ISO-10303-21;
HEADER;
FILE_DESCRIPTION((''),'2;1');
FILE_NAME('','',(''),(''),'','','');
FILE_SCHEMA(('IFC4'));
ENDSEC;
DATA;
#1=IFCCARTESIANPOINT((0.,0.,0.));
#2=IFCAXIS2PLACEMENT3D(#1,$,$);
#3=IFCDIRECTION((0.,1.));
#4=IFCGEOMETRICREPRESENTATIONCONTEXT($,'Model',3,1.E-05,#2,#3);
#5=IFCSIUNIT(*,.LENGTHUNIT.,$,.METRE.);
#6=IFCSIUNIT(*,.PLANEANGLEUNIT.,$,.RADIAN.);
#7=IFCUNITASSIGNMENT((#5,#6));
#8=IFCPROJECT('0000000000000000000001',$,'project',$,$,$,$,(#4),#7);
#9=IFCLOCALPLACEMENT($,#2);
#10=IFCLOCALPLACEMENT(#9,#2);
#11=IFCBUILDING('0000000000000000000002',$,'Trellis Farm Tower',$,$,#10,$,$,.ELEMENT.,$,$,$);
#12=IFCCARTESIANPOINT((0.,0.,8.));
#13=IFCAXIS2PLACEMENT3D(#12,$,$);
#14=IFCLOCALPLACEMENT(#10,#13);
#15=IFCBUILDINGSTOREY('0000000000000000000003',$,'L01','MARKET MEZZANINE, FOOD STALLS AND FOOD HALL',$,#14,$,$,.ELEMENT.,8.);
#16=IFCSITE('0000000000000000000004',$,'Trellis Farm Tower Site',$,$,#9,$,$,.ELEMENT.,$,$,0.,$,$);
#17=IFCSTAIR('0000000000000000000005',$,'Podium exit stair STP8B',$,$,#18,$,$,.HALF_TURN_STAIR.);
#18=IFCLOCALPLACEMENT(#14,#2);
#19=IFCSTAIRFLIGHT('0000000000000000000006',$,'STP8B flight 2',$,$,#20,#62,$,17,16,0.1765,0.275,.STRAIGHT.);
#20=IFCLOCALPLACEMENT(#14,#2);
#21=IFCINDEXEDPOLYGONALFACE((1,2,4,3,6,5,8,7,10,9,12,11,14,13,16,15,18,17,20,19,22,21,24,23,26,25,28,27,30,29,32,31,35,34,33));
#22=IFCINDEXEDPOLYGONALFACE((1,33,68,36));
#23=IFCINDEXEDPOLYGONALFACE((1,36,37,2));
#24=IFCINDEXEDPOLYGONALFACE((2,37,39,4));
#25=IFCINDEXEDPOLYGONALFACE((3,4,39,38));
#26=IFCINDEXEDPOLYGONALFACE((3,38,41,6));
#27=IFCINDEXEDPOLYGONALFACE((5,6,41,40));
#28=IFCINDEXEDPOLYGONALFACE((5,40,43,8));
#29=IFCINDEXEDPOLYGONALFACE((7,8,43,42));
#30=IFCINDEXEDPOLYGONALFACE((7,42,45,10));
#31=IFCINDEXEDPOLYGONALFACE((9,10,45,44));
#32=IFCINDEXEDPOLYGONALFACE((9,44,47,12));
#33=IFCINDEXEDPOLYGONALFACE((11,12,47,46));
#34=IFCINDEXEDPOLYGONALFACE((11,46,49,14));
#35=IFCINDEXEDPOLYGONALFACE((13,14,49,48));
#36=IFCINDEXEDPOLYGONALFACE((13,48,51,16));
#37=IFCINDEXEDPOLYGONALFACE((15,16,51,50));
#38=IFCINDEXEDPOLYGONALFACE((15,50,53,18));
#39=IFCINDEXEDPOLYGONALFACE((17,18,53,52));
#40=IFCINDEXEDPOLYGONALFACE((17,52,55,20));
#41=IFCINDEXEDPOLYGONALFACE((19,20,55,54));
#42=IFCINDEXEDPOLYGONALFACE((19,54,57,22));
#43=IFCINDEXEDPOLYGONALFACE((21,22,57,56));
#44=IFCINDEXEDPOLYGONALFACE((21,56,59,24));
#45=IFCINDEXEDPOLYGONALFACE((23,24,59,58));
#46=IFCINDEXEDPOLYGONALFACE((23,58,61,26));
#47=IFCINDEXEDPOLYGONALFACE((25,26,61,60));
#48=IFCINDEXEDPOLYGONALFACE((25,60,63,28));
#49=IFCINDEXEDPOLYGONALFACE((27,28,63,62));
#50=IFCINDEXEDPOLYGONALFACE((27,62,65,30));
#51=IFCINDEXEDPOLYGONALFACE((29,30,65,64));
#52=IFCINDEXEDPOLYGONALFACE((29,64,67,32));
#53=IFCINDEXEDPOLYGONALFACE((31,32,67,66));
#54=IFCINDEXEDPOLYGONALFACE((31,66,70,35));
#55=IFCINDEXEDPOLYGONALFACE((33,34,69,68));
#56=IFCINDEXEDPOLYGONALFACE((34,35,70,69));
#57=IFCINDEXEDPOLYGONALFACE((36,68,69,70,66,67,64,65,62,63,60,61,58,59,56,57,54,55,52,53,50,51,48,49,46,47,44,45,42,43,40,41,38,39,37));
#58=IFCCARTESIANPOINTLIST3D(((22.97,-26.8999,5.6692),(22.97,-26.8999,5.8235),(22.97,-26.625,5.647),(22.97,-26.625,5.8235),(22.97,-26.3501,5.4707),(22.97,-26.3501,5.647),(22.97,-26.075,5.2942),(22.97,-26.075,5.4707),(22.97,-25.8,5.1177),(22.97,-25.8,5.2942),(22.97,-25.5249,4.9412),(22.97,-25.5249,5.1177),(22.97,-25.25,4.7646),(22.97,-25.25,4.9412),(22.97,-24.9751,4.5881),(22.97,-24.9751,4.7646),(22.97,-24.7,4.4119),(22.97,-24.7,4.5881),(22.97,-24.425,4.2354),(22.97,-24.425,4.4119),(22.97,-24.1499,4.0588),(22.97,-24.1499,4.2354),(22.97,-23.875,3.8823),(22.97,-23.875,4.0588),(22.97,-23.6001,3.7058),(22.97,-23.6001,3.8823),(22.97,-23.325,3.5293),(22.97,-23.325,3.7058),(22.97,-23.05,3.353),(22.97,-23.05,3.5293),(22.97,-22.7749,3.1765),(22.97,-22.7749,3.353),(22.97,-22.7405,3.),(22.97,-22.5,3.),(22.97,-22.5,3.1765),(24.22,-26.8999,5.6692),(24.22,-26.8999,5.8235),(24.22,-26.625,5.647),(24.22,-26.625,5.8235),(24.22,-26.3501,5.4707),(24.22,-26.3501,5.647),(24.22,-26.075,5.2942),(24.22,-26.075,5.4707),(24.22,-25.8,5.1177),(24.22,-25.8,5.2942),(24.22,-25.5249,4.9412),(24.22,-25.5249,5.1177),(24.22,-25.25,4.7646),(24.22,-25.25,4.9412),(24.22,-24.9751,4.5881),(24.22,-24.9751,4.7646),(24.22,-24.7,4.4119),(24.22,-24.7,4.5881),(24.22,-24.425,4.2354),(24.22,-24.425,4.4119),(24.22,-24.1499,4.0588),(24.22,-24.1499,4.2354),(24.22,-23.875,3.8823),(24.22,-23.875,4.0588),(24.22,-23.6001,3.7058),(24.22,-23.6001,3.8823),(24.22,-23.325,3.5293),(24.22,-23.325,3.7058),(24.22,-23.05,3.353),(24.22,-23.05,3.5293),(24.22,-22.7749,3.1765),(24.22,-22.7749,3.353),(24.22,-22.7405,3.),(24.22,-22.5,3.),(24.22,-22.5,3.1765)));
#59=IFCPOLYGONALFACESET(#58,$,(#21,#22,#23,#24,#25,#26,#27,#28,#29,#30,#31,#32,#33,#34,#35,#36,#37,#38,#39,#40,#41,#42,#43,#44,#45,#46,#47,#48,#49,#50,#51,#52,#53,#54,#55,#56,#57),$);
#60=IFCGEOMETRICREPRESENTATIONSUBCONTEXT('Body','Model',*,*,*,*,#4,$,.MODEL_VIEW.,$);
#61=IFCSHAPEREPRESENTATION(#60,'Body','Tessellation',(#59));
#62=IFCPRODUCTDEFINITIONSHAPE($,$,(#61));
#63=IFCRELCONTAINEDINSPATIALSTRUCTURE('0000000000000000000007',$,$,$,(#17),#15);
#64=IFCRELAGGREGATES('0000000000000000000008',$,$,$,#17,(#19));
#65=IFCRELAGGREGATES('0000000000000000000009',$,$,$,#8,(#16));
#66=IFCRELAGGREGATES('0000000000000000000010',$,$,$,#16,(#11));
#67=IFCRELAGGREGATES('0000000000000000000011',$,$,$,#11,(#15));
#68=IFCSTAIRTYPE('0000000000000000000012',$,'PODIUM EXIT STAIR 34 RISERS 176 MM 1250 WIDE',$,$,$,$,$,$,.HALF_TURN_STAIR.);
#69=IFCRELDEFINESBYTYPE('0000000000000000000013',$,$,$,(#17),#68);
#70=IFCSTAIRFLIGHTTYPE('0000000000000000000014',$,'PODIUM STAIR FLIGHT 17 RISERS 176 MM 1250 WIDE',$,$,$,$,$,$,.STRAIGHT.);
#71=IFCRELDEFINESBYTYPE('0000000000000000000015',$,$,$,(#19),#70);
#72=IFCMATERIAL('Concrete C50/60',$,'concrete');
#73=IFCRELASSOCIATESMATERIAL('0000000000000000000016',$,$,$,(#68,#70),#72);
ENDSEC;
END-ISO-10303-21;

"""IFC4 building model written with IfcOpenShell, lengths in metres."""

from ifc_helpers import new_model, si_unit, direction, frame, origin, place, context, subcontext, project, spatial, polyline, outline, extrude, source, transform, mapped, material, type_object, element, aggregate, save


model = new_model("IFC4")

# Units and contexts
model_context = context("Model", 3, precision=1e-05, world=origin(), true_north=direction((0.0, 1.0)))
body_context = subcontext(model_context, "Body", "Model", "MODEL_VIEW")
ifc_project = project(units=[si_unit("LENGTHUNIT", "METRE"), si_unit("PLANEANGLEUNIT", "RADIAN")], contexts=[model_context])

# Site, building, storey
site_placement = place(None, origin())
site = spatial("IfcSite", under=ifc_project, at=site_placement, Name="Trellis Farm Tower Site", CompositionType="ELEMENT", RefElevation=0.0)
building_placement = place(site_placement, origin())
building = spatial("IfcBuilding", under=site, at=building_placement, Name="Trellis Farm Tower", CompositionType="ELEMENT")
storey_placement = place(building_placement, frame((0.0, 0.0, 8.0)))
storey = spatial("IfcBuildingStorey", under=building, at=storey_placement, Name="L01", Description="MARKET MEZZANINE, FOOD STALLS AND FOOD HALL", CompositionType="ELEMENT", Elevation=8.0)

# Shared definitions
placement = place(storey_placement, origin())

# Shared definitions
ifc_material_1 = material(Name="Concrete C50/60", Category="concrete")
stair_type = type_object("IfcStairType", Name="PODIUM EXIT STAIR 34 RISERS 176 MM 1250 WIDE", PredefinedType="HALF_TURN_STAIR", material=ifc_material_1)
stair_flight_type = type_object("IfcStairFlightType", Name="PODIUM STAIR FLIGHT 17 RISERS 176 MM 1250 WIDE", PredefinedType="STRAIGHT", material=ifc_material_1)
shared_shape_1 = source(origin(), body_context, "Body", "SweptSolid", [
    extrude(outline(polyline([(0.0, 0.0), (0.0, 0.1765), (0.2749, 0.1765), (0.2749, 0.353), (0.55, 0.353), (0.55, 0.5293), (0.825, 0.5293), (0.825, 0.7058), (1.1001, 0.7058), (1.1001, 0.8823), (1.375, 0.8823), (1.375, 1.0588), (1.6499, 1.0588), (1.6499, 1.2354), (1.925, 1.2354), (1.925, 1.4119), (2.2, 1.4119), (2.2, 1.5881), (2.4751, 1.5881), (2.4751, 1.7646), (2.75, 1.7646), (2.75, 1.9412), (3.0249, 1.9412), (3.0249, 2.1177), (3.3, 2.1177), (3.3, 2.2942), (3.575, 2.2942), (3.575, 2.4707), (3.8501, 2.4707), (3.8501, 2.647), (4.125, 2.647), (4.125, 2.8235), (4.3999, 2.8235), (4.3999, 3.0), (4.3999, 2.6692), (0.2405, 0.0), (0.0, 0.0)])), frame((0.0, 0.625, 0.0), z_axis=(0.0, -1.0, 0.0), x_axis=(1.0, 0.0, 0.0)), (0.0, 0.0, 1.0), 1.25),
])

# Stair, stair flight
stair_1 = element("IfcStair", 1, at=placement, inside=storey, type_object=stair_type, Name="Podium exit stair STP8B", PredefinedType="HALF_TURN_STAIR")
stair_flight_1_placement = place(storey_placement, frame((23.595, -22.5, 3.0), z_axis=(0.0, 0.0, 1.0), x_axis=(0.0, -1.0, 0.0)))
stair_flight_1 = element("IfcStairFlight", 2, at=stair_flight_1_placement, type_object=stair_flight_type, Name="STP8B flight 2", NumberOfRisers=17, NumberOfTreads=16, PredefinedType="STRAIGHT", RiserHeight=0.1765, TreadLength=0.275, context=body_context, shape_type="MappedRepresentation", body=[
    mapped(shared_shape_1, transform((0.0, 0.0, 0.0))),
])
aggregate(stair_1, [stair_flight_1])

save(model, "model.ifc")
